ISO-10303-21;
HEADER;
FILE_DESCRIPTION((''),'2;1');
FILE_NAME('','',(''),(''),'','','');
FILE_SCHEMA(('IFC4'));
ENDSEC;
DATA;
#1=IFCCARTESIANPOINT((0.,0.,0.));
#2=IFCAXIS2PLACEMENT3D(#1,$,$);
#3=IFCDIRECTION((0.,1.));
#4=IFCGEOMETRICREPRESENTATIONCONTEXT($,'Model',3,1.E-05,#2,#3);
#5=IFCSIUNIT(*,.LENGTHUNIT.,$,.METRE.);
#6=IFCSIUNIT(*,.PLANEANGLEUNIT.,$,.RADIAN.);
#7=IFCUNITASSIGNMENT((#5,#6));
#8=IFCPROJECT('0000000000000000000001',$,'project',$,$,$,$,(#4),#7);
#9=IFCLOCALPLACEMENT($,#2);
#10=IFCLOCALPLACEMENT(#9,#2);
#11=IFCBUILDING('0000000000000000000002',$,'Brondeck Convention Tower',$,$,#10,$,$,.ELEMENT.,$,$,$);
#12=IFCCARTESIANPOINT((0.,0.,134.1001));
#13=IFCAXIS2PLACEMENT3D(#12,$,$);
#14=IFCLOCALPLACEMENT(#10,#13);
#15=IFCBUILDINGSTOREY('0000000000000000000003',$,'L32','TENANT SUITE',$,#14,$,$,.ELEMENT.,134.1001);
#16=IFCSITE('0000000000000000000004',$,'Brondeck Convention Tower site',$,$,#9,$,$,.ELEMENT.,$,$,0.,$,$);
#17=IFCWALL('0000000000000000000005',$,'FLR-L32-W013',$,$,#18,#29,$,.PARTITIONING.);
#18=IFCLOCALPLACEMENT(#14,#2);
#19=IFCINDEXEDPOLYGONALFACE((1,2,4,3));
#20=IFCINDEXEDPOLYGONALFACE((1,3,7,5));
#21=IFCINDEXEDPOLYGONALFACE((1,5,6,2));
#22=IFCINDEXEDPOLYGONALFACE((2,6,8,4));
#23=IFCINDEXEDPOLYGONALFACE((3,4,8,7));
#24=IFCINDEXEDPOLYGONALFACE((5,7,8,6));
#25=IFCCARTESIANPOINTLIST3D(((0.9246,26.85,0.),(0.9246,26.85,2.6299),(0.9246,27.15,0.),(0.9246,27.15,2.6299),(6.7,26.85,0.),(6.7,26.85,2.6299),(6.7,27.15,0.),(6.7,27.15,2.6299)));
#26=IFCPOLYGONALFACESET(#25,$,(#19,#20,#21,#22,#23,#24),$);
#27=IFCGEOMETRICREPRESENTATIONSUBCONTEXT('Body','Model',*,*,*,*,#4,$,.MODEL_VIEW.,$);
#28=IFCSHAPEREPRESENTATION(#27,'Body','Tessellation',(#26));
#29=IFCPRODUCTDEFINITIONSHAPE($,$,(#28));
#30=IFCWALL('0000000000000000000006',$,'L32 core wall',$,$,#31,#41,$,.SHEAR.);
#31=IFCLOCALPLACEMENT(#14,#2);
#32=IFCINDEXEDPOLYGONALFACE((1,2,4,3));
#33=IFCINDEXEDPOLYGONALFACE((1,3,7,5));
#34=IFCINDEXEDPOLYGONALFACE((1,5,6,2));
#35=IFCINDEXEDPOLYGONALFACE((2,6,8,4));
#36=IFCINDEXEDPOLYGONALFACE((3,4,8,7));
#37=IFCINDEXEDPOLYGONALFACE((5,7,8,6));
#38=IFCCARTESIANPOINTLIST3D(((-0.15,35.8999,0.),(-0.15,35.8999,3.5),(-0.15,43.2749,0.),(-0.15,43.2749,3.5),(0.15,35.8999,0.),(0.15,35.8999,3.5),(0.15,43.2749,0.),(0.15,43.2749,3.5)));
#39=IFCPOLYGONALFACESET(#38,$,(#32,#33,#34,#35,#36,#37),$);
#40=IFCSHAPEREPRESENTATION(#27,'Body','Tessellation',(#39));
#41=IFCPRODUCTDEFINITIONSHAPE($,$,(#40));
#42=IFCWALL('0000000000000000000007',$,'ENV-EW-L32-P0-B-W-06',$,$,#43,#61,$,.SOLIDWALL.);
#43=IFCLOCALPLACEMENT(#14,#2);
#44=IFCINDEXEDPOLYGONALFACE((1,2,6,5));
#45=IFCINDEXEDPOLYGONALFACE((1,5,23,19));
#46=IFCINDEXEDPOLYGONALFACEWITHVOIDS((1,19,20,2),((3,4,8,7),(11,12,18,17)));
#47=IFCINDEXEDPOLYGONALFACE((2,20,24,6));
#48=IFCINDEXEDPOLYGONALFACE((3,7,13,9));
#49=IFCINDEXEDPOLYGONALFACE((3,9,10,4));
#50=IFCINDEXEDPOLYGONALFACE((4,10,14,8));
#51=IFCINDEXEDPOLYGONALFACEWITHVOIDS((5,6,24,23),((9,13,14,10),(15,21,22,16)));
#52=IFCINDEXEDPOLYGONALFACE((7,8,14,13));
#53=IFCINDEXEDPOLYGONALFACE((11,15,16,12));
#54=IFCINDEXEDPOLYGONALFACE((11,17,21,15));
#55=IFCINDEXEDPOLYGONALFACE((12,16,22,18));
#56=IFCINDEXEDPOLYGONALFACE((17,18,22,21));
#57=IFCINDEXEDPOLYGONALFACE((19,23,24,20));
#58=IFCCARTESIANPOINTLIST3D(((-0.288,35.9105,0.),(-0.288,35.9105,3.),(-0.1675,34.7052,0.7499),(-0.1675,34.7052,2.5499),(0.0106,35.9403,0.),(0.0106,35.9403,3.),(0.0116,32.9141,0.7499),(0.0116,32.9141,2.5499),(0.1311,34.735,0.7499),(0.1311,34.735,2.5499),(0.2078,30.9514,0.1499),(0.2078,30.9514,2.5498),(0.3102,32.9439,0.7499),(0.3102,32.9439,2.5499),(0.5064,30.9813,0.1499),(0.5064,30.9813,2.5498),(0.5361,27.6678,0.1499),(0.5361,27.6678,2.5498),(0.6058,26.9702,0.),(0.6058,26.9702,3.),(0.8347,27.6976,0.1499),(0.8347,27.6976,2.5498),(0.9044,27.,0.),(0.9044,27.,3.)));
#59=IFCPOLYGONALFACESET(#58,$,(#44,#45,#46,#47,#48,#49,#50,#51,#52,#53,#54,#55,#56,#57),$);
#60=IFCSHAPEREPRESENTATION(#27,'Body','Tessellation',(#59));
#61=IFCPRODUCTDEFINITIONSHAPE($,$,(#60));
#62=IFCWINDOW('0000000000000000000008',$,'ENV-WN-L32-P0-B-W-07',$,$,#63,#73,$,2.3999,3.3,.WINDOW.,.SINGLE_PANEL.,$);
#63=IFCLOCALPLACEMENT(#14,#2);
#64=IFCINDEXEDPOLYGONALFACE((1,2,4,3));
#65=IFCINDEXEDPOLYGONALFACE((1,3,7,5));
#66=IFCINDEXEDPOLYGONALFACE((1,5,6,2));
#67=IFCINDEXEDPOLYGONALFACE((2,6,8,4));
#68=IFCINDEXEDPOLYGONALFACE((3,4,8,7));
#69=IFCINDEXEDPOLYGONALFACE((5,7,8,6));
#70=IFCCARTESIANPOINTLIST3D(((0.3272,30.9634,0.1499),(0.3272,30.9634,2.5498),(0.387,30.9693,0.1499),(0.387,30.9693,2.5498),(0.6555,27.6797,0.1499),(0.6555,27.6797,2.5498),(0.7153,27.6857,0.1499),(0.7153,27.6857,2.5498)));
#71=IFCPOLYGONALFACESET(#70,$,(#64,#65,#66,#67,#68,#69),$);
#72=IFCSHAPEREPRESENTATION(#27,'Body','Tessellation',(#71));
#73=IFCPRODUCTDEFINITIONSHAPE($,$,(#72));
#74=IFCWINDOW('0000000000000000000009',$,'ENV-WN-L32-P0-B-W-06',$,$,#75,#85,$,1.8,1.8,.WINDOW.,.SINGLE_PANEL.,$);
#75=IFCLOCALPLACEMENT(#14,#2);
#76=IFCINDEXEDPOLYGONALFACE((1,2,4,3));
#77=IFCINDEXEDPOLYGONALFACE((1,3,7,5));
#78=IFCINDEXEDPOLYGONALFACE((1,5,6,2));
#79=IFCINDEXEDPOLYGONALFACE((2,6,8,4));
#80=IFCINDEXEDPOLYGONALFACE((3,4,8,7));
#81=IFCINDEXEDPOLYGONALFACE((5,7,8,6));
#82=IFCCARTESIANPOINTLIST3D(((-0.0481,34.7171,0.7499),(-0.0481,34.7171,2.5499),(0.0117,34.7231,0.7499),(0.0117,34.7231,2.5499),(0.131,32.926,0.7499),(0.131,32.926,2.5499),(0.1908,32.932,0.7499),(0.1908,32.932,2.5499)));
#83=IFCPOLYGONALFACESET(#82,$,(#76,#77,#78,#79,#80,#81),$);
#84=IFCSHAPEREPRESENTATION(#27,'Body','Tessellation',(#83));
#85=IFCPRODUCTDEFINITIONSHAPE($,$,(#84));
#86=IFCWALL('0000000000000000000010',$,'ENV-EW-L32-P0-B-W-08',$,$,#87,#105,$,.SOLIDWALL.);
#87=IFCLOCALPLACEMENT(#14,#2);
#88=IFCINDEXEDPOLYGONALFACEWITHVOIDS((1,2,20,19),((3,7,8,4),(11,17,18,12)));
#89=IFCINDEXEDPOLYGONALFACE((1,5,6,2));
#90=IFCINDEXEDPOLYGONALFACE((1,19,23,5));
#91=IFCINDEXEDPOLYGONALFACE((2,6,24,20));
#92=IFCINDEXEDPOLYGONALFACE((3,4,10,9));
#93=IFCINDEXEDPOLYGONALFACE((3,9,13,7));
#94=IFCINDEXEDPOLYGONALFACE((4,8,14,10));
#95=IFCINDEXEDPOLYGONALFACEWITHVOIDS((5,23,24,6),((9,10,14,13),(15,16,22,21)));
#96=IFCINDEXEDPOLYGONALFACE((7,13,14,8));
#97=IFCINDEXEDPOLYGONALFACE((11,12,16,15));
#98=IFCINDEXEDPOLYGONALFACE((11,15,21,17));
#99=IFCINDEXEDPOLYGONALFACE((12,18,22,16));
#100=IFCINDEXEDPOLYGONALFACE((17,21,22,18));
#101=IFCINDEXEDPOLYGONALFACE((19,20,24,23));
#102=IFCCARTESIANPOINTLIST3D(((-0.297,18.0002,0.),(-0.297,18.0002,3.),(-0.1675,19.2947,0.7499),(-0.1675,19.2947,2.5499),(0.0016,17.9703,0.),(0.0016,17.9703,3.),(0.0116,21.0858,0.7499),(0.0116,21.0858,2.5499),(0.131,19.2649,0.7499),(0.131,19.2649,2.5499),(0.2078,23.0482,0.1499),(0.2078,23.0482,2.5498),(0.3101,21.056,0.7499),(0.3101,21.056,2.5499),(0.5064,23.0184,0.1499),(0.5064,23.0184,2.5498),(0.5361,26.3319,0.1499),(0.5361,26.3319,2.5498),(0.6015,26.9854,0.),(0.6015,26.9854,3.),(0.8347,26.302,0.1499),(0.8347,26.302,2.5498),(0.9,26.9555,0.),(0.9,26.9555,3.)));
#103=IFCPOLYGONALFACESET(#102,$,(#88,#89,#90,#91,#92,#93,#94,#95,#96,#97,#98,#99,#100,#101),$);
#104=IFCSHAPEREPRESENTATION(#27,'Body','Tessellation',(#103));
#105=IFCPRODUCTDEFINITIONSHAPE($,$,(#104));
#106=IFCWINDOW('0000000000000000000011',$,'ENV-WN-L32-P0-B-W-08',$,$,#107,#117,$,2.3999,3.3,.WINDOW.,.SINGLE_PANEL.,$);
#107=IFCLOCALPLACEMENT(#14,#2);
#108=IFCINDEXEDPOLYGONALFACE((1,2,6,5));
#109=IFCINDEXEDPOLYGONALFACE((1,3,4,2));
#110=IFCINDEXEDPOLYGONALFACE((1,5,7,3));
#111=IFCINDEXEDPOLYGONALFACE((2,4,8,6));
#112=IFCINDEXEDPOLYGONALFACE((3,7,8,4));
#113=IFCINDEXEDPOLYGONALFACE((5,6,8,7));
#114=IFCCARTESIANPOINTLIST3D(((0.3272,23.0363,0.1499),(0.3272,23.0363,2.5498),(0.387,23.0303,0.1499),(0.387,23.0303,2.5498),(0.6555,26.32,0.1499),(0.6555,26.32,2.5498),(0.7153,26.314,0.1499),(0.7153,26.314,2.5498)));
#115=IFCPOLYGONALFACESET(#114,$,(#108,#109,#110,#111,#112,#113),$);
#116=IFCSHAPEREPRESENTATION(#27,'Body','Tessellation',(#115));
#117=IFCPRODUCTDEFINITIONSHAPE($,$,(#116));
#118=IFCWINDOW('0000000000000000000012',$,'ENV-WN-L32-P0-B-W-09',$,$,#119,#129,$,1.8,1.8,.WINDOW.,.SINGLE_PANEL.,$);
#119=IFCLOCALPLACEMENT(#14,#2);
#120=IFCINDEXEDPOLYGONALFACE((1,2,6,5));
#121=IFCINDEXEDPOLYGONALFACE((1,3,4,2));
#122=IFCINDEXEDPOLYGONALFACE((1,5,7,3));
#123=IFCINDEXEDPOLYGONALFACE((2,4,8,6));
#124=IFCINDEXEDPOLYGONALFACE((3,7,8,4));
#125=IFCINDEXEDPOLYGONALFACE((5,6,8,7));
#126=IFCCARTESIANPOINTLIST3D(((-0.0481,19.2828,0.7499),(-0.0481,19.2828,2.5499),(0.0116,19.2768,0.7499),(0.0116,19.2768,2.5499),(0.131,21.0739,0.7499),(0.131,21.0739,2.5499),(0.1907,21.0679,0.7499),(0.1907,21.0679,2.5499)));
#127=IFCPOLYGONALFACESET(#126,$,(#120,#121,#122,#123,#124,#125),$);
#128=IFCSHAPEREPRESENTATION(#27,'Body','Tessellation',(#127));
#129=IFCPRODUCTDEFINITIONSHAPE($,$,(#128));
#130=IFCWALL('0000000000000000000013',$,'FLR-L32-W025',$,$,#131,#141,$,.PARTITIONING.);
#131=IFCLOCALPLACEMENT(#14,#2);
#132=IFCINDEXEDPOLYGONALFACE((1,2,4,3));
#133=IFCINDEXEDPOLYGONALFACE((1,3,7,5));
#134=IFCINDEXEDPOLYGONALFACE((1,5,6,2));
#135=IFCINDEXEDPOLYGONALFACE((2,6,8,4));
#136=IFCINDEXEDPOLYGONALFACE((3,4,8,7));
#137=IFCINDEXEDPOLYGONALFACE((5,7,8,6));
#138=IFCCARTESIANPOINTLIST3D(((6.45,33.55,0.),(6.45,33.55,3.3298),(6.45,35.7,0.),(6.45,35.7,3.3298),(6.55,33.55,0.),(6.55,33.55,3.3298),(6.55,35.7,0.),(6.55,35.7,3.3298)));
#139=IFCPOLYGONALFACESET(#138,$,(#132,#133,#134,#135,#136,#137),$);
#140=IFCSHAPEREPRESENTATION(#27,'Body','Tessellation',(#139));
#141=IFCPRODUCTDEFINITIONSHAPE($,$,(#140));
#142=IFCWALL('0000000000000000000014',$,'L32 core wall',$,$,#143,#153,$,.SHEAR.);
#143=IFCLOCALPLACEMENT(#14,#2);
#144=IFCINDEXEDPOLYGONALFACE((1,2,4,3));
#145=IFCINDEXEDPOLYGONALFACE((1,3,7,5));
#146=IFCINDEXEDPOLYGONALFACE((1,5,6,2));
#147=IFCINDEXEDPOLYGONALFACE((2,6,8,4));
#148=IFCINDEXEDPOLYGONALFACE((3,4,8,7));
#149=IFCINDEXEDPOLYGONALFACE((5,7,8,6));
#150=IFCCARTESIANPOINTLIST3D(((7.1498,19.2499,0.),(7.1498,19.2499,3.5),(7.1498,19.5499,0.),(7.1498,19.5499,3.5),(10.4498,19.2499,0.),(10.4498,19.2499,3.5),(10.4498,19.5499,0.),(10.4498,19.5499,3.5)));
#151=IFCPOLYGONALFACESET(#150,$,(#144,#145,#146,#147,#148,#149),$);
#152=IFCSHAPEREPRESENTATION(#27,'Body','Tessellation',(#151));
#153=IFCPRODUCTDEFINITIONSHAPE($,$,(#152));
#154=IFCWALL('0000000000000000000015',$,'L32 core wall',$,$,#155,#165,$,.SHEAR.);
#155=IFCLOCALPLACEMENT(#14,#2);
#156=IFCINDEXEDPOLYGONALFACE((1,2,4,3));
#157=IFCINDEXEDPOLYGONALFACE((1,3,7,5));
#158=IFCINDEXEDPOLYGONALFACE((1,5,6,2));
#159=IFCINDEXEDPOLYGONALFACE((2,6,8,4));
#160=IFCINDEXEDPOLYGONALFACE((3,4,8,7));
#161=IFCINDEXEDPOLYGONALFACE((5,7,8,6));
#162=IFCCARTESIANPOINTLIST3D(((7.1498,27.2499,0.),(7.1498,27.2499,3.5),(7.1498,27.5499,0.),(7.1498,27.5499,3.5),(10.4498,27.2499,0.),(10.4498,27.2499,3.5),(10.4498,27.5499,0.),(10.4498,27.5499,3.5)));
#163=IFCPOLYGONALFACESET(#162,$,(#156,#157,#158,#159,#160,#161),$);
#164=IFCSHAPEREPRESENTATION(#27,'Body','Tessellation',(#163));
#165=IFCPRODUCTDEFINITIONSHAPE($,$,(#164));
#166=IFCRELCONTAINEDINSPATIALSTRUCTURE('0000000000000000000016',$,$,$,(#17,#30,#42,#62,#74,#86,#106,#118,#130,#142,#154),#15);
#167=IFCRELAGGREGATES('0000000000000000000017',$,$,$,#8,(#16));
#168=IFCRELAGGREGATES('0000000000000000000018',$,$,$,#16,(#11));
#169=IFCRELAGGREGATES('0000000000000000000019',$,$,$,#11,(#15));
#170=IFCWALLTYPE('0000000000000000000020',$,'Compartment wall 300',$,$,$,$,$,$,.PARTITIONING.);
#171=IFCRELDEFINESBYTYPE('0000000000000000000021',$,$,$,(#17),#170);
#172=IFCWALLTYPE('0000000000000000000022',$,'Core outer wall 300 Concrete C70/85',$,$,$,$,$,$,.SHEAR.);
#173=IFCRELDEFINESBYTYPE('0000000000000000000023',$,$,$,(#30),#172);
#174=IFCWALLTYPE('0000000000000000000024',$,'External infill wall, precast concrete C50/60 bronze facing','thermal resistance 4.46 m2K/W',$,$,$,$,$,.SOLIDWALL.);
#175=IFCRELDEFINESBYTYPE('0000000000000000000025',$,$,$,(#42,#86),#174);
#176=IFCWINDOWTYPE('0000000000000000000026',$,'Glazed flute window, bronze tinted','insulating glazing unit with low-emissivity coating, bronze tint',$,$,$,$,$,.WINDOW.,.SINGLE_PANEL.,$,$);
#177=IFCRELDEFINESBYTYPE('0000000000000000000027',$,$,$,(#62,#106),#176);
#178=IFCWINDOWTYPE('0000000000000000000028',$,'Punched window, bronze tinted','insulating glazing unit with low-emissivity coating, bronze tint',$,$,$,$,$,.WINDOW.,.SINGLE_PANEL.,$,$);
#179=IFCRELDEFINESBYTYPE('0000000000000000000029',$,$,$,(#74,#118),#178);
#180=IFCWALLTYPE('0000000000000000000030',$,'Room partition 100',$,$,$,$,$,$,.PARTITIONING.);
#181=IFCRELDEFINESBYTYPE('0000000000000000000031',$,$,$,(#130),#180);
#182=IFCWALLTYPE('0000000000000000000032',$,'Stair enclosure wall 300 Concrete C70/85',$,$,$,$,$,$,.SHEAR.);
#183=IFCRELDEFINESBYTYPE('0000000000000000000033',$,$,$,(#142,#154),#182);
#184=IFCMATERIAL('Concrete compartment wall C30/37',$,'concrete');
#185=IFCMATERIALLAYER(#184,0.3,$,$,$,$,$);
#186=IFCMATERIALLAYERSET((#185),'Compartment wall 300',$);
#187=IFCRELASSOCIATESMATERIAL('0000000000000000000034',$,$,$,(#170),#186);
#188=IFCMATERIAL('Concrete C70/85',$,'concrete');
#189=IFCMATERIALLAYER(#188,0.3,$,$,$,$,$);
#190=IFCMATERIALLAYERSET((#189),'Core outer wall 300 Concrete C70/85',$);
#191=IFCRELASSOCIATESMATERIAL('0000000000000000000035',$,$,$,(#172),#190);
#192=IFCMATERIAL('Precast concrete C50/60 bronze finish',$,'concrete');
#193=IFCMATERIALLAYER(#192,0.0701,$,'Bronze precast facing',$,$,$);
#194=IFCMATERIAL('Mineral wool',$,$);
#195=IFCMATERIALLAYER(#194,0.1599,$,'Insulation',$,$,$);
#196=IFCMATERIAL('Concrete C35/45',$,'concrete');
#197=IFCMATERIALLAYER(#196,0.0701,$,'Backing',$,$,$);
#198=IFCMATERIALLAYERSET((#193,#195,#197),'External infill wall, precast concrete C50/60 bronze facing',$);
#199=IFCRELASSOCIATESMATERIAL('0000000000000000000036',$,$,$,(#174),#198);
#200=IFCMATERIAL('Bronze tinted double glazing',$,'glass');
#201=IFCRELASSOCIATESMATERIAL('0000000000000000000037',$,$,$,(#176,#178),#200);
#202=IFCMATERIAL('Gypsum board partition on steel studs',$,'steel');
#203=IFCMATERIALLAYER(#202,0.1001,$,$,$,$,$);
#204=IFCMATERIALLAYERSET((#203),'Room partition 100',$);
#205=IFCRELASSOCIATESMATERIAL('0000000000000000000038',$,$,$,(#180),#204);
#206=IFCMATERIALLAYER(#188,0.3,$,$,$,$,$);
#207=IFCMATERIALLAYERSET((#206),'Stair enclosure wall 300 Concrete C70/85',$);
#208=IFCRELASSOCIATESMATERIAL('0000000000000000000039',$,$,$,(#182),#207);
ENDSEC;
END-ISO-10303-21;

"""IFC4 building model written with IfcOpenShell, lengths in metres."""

from ifc_helpers import new_model, si_unit, direction, frame, frame_2d, origin, place, context, subcontext, project, spatial, rectangle, extrude, material, layer, layer_set, type_object, element, fill, save


model = new_model("IFC4")

# Units and contexts
model_context = context("Model", 3, precision=1e-05, world=origin(), true_north=direction((0.0, 1.0)))
body_context = subcontext(model_context, "Body", "Model", "MODEL_VIEW")
ifc_project = project(units=[si_unit("LENGTHUNIT", "METRE"), si_unit("PLANEANGLEUNIT", "RADIAN")], contexts=[model_context])

# Site, building, storey
site_placement = place(None, origin())
site = spatial("IfcSite", under=ifc_project, at=site_placement, Name="Brondeck Convention Tower site", CompositionType="ELEMENT", RefElevation=0.0)
building_placement = place(site_placement, origin())
building = spatial("IfcBuilding", under=site, at=building_placement, Name="Brondeck Convention Tower", CompositionType="ELEMENT")
storey_placement = place(building_placement, frame((0.0, 0.0, 134.1001)))
storey = spatial("IfcBuildingStorey", under=building, at=storey_placement, Name="L32", Description="TENANT SUITE", CompositionType="ELEMENT", Elevation=134.1001)

# Shared definitions
ifc_material_1 = material(Name="Concrete C70/85", Category="concrete")

# Walls
ifc_material_2 = material(Name="Concrete compartment wall C30/37", Category="concrete")
ifc_layer_1 = layer(ifc_material_2, 0.3)
ifc_layer_set_1 = layer_set([ifc_layer_1], Name="Compartment wall 300")
wall_type_1 = type_object("IfcWallType", Name="Compartment wall 300", PredefinedType="PARTITIONING", material=ifc_layer_set_1)
wall_1_placement = place(storey_placement, frame((0.9246, 27.0, 0.0), z_axis=(0.0, 0.0, 1.0), x_axis=(1.0, 0.0, 0.0)))
element("IfcWall", 1, at=wall_1_placement, inside=storey, type_object=wall_type_1, Name="FLR-L32-W013", PredefinedType="PARTITIONING", context=body_context, shape_type="SweptSolid", body=[
    extrude(rectangle(XDim=5.7754, YDim=0.3, at=frame_2d((2.8877, 0.0))), origin(), (0.0, 0.0, 1.0), 2.6299),
])
ifc_layer_2 = layer(ifc_material_1, 0.3)
ifc_layer_set_2 = layer_set([ifc_layer_2], Name="Core outer wall 300 Concrete C70/85")
wall_type_2 = type_object("IfcWallType", Name="Core outer wall 300 Concrete C70/85", PredefinedType="SHEAR", material=ifc_layer_set_2)
wall_2_placement = place(storey_placement, frame((0.0, 35.8999, 0.0), z_axis=(0.0, 0.0, 1.0), x_axis=(0.0, 1.0, 0.0)))
element("IfcWall", 2, at=wall_2_placement, inside=storey, type_object=wall_type_2, Name="L32 core wall", PredefinedType="SHEAR", context=body_context, shape_type="SweptSolid", body=[
    extrude(rectangle(XDim=7.375, YDim=0.3, at=frame_2d((3.6875, 0.0))), origin(), (0.0, 0.0, 1.0), 3.5),
])

# Walls, openings, windows
ifc_material_3 = material(Name="Precast concrete C50/60 bronze finish", Category="concrete")
ifc_layer_3 = layer(ifc_material_3, 0.0701, Name="Bronze precast facing")
ifc_material_4 = material(Name="Mineral wool")
ifc_layer_4 = layer(ifc_material_4, 0.1599, Name="Insulation")
ifc_material_5 = material(Name="Concrete C35/45", Category="concrete")
ifc_layer_5 = layer(ifc_material_5, 0.0701, Name="Backing")
ifc_layer_set_3 = layer_set([ifc_layer_3, ifc_layer_4, ifc_layer_5], Name="External infill wall, precast concrete C50/60 bronze facing")
wall_type_3 = type_object("IfcWallType", Name="External infill wall, precast concrete C50/60 bronze facing", Description="thermal resistance 4.46 m2K/W", PredefinedType="SOLIDWALL", material=ifc_layer_set_3)
wall_3_placement = place(storey_placement, frame((0.7551, 26.9851, 0.0), z_axis=(0.0, 0.0, 1.0), x_axis=(-0.09948, 0.99504, 0.0)))
wall_3 = element("IfcWall", 3, at=wall_3_placement, inside=storey, type_object=wall_type_3, Name="ENV-EW-L32-P0-B-W-06", PredefinedType="SOLIDWALL", context=body_context, shape_type="SweptSolid", body=[
    extrude(rectangle(XDim=8.9849, YDim=0.3, at=frame_2d((4.4924, 0.0))), origin(), (0.0, 0.0, 1.0), 3.0),
])
opening_1_placement = place(wall_3_placement, frame((0.7012, 0.0, 0.1499)))
opening_1 = element("IfcOpeningElement", 4, at=opening_1_placement, cuts=wall_3, PredefinedType="OPENING", context=body_context, shape_type="SweptSolid", body=[
    extrude(rectangle(XDim=3.3, YDim=2.3999, at=frame_2d((1.6499, 1.2))), frame((0.0, 0.1599, 0.0), z_axis=(0.0, -1.0, 0.0), x_axis=(1.0, 0.0, 0.0)), (0.0, 0.0, 1.0), 0.3201),
])
opening_2_placement = place(wall_3_placement, frame((5.9736, 0.0, 0.75)))
opening_2 = element("IfcOpeningElement", 5, at=opening_2_placement, cuts=wall_3, PredefinedType="OPENING", context=body_context, shape_type="SweptSolid", body=[
    extrude(rectangle(XDim=1.8, YDim=1.8, at=frame_2d((0.8999, 0.8999))), frame((0.0, 0.1599, 0.0), z_axis=(0.0, -1.0, 0.0), x_axis=(1.0, 0.0, 0.0)), (0.0, 0.0, 1.0), 0.3201),
])
ifc_material_6 = material(Name="Bronze tinted double glazing", Category="glass")
window_type_1 = type_object("IfcWindowType", Name="Glazed flute window, bronze tinted", Description="insulating glazing unit with low-emissivity coating, bronze tint", PartitioningType="SINGLE_PANEL", PredefinedType="WINDOW", material=ifc_material_6)
window_1_placement = place(opening_1_placement, origin())
window_1 = element("IfcWindow", 6, at=window_1_placement, inside=storey, type_object=window_type_1, Name="ENV-WN-L32-P0-B-W-07", OverallHeight=2.3999, OverallWidth=3.3, PartitioningType="SINGLE_PANEL", PredefinedType="WINDOW", context=body_context, shape_type="SweptSolid", body=[
    extrude(rectangle(XDim=3.3, YDim=2.3999, at=frame_2d((1.6499, 1.2))), frame((0.0, 0.03, 0.0), z_axis=(0.0, -1.0, 0.0), x_axis=(1.0, 0.0, 0.0)), (0.0, 0.0, 1.0), 0.0601),
])
fill(opening_1, window_1)
window_type_2 = type_object("IfcWindowType", Name="Punched window, bronze tinted", Description="insulating glazing unit with low-emissivity coating, bronze tint", PartitioningType="SINGLE_PANEL", PredefinedType="WINDOW", material=ifc_material_6)
window_2_placement = place(opening_2_placement, origin())
window_2 = element("IfcWindow", 7, at=window_2_placement, inside=storey, type_object=window_type_2, Name="ENV-WN-L32-P0-B-W-06", OverallHeight=1.8, OverallWidth=1.8, PartitioningType="SINGLE_PANEL", PredefinedType="WINDOW", context=body_context, shape_type="SweptSolid", body=[
    extrude(rectangle(XDim=1.8, YDim=1.8, at=frame_2d((0.8999, 0.8999))), frame((0.0, 0.03, 0.0), z_axis=(0.0, -1.0, 0.0), x_axis=(1.0, 0.0, 0.0)), (0.0, 0.0, 1.0), 0.0601),
])
fill(opening_2, window_2)
wall_4_placement = place(storey_placement, frame((-0.1477, 17.9851, 0.0), z_axis=(0.0, 0.0, 1.0), x_axis=(0.099496, 0.995038, 0.0)))
wall_4 = element("IfcWall", 8, at=wall_4_placement, inside=storey, type_object=wall_type_3, Name="ENV-EW-L32-P0-B-W-08", PredefinedType="SOLIDWALL", context=body_context, shape_type="SweptSolid", body=[
    extrude(rectangle(XDim=9.03, YDim=0.3, at=frame_2d((4.5151, 0.0))), origin(), (0.0, 0.0, 1.0), 3.0),
])
opening_3_placement = place(wall_4_placement, frame((1.3013, 0.0, 0.75)))
opening_3 = element("IfcOpeningElement", 9, at=opening_3_placement, cuts=wall_4, PredefinedType="OPENING", context=body_context, shape_type="SweptSolid", body=[
    extrude(rectangle(XDim=1.8, YDim=1.8, at=frame_2d((0.8999, 0.8999))), frame((0.0, 0.1599, 0.0), z_axis=(0.0, -1.0, 0.0), x_axis=(1.0, 0.0, 0.0)), (0.0, 0.0, 1.0), 0.3201),
])
opening_4_placement = place(wall_4_placement, frame((5.0735, 0.0, 0.1499)))
opening_4 = element("IfcOpeningElement", 10, at=opening_4_placement, cuts=wall_4, PredefinedType="OPENING", context=body_context, shape_type="SweptSolid", body=[
    extrude(rectangle(XDim=3.3, YDim=2.3999, at=frame_2d((1.6499, 1.2))), frame((0.0, 0.1599, 0.0), z_axis=(0.0, -1.0, 0.0), x_axis=(1.0, 0.0, 0.0)), (0.0, 0.0, 1.0), 0.3201),
])
window_3_placement = place(opening_4_placement, origin())
window_3 = element("IfcWindow", 11, at=window_3_placement, inside=storey, type_object=window_type_1, Name="ENV-WN-L32-P0-B-W-08", OverallHeight=2.3999, OverallWidth=3.3, PartitioningType="SINGLE_PANEL", PredefinedType="WINDOW", context=body_context, shape_type="SweptSolid", body=[
    extrude(rectangle(XDim=3.3, YDim=2.3999, at=frame_2d((1.6499, 1.2))), frame((0.0, 0.03, 0.0), z_axis=(0.0, -1.0, 0.0), x_axis=(1.0, 0.0, 0.0)), (0.0, 0.0, 1.0), 0.0601),
])
fill(opening_4, window_3)
window_4_placement = place(opening_3_placement, origin())
window_4 = element("IfcWindow", 12, at=window_4_placement, inside=storey, type_object=window_type_2, Name="ENV-WN-L32-P0-B-W-09", OverallHeight=1.8, OverallWidth=1.8, PartitioningType="SINGLE_PANEL", PredefinedType="WINDOW", context=body_context, shape_type="SweptSolid", body=[
    extrude(rectangle(XDim=1.8, YDim=1.8, at=frame_2d((0.8999, 0.8999))), frame((0.0, 0.03, 0.0), z_axis=(0.0, -1.0, 0.0), x_axis=(1.0, 0.0, 0.0)), (0.0, 0.0, 1.0), 0.0601),
])
fill(opening_3, window_4)

# Walls
ifc_material_7 = material(Name="Gypsum board partition on steel studs", Category="steel")
ifc_layer_6 = layer(ifc_material_7, 0.1001)
ifc_layer_set_4 = layer_set([ifc_layer_6], Name="Room partition 100")
wall_type_4 = type_object("IfcWallType", Name="Room partition 100", PredefinedType="PARTITIONING", material=ifc_layer_set_4)
wall_5_placement = place(storey_placement, frame((6.5, 33.55, 0.0), z_axis=(0.0, 0.0, 1.0), x_axis=(0.0, 1.0, 0.0)))
element("IfcWall", 13, at=wall_5_placement, inside=storey, type_object=wall_type_4, Name="FLR-L32-W025", PredefinedType="PARTITIONING", context=body_context, shape_type="SweptSolid", body=[
    extrude(rectangle(XDim=2.1499, YDim=0.1001, at=frame_2d((1.075, 0.0))), origin(), (0.0, 0.0, 1.0), 3.3298),
])
ifc_layer_7 = layer(ifc_material_1, 0.3)
ifc_layer_set_5 = layer_set([ifc_layer_7], Name="Stair enclosure wall 300 Concrete C70/85")
wall_type_5 = type_object("IfcWallType", Name="Stair enclosure wall 300 Concrete C70/85", PredefinedType="SHEAR", material=ifc_layer_set_5)
for number, where, z_axis, x_axis, name in (
    (14, (7.1499, 19.3999, 0.0), (0.0, 0.0, 1.0), (1.0, 0.0, 0.0), "L32 core wall"),
    (15, (7.1499, 27.3999, 0.0), (0.0, 0.0, 1.0), (1.0, 0.0, 0.0), "L32 core wall"),
):
    element("IfcWall", number, at=place(storey_placement, frame(where, z_axis=z_axis, x_axis=x_axis)), inside=storey, type_object=wall_type_5, Name=name, PredefinedType="SHEAR", context=body_context, shape_type="SweptSolid", body=[
        extrude(rectangle(XDim=3.3, YDim=0.3, at=frame_2d((1.6499, 0.0))), origin(), (0.0, 0.0, 1.0), 3.5),
    ])

save(model, "model.ifc")
